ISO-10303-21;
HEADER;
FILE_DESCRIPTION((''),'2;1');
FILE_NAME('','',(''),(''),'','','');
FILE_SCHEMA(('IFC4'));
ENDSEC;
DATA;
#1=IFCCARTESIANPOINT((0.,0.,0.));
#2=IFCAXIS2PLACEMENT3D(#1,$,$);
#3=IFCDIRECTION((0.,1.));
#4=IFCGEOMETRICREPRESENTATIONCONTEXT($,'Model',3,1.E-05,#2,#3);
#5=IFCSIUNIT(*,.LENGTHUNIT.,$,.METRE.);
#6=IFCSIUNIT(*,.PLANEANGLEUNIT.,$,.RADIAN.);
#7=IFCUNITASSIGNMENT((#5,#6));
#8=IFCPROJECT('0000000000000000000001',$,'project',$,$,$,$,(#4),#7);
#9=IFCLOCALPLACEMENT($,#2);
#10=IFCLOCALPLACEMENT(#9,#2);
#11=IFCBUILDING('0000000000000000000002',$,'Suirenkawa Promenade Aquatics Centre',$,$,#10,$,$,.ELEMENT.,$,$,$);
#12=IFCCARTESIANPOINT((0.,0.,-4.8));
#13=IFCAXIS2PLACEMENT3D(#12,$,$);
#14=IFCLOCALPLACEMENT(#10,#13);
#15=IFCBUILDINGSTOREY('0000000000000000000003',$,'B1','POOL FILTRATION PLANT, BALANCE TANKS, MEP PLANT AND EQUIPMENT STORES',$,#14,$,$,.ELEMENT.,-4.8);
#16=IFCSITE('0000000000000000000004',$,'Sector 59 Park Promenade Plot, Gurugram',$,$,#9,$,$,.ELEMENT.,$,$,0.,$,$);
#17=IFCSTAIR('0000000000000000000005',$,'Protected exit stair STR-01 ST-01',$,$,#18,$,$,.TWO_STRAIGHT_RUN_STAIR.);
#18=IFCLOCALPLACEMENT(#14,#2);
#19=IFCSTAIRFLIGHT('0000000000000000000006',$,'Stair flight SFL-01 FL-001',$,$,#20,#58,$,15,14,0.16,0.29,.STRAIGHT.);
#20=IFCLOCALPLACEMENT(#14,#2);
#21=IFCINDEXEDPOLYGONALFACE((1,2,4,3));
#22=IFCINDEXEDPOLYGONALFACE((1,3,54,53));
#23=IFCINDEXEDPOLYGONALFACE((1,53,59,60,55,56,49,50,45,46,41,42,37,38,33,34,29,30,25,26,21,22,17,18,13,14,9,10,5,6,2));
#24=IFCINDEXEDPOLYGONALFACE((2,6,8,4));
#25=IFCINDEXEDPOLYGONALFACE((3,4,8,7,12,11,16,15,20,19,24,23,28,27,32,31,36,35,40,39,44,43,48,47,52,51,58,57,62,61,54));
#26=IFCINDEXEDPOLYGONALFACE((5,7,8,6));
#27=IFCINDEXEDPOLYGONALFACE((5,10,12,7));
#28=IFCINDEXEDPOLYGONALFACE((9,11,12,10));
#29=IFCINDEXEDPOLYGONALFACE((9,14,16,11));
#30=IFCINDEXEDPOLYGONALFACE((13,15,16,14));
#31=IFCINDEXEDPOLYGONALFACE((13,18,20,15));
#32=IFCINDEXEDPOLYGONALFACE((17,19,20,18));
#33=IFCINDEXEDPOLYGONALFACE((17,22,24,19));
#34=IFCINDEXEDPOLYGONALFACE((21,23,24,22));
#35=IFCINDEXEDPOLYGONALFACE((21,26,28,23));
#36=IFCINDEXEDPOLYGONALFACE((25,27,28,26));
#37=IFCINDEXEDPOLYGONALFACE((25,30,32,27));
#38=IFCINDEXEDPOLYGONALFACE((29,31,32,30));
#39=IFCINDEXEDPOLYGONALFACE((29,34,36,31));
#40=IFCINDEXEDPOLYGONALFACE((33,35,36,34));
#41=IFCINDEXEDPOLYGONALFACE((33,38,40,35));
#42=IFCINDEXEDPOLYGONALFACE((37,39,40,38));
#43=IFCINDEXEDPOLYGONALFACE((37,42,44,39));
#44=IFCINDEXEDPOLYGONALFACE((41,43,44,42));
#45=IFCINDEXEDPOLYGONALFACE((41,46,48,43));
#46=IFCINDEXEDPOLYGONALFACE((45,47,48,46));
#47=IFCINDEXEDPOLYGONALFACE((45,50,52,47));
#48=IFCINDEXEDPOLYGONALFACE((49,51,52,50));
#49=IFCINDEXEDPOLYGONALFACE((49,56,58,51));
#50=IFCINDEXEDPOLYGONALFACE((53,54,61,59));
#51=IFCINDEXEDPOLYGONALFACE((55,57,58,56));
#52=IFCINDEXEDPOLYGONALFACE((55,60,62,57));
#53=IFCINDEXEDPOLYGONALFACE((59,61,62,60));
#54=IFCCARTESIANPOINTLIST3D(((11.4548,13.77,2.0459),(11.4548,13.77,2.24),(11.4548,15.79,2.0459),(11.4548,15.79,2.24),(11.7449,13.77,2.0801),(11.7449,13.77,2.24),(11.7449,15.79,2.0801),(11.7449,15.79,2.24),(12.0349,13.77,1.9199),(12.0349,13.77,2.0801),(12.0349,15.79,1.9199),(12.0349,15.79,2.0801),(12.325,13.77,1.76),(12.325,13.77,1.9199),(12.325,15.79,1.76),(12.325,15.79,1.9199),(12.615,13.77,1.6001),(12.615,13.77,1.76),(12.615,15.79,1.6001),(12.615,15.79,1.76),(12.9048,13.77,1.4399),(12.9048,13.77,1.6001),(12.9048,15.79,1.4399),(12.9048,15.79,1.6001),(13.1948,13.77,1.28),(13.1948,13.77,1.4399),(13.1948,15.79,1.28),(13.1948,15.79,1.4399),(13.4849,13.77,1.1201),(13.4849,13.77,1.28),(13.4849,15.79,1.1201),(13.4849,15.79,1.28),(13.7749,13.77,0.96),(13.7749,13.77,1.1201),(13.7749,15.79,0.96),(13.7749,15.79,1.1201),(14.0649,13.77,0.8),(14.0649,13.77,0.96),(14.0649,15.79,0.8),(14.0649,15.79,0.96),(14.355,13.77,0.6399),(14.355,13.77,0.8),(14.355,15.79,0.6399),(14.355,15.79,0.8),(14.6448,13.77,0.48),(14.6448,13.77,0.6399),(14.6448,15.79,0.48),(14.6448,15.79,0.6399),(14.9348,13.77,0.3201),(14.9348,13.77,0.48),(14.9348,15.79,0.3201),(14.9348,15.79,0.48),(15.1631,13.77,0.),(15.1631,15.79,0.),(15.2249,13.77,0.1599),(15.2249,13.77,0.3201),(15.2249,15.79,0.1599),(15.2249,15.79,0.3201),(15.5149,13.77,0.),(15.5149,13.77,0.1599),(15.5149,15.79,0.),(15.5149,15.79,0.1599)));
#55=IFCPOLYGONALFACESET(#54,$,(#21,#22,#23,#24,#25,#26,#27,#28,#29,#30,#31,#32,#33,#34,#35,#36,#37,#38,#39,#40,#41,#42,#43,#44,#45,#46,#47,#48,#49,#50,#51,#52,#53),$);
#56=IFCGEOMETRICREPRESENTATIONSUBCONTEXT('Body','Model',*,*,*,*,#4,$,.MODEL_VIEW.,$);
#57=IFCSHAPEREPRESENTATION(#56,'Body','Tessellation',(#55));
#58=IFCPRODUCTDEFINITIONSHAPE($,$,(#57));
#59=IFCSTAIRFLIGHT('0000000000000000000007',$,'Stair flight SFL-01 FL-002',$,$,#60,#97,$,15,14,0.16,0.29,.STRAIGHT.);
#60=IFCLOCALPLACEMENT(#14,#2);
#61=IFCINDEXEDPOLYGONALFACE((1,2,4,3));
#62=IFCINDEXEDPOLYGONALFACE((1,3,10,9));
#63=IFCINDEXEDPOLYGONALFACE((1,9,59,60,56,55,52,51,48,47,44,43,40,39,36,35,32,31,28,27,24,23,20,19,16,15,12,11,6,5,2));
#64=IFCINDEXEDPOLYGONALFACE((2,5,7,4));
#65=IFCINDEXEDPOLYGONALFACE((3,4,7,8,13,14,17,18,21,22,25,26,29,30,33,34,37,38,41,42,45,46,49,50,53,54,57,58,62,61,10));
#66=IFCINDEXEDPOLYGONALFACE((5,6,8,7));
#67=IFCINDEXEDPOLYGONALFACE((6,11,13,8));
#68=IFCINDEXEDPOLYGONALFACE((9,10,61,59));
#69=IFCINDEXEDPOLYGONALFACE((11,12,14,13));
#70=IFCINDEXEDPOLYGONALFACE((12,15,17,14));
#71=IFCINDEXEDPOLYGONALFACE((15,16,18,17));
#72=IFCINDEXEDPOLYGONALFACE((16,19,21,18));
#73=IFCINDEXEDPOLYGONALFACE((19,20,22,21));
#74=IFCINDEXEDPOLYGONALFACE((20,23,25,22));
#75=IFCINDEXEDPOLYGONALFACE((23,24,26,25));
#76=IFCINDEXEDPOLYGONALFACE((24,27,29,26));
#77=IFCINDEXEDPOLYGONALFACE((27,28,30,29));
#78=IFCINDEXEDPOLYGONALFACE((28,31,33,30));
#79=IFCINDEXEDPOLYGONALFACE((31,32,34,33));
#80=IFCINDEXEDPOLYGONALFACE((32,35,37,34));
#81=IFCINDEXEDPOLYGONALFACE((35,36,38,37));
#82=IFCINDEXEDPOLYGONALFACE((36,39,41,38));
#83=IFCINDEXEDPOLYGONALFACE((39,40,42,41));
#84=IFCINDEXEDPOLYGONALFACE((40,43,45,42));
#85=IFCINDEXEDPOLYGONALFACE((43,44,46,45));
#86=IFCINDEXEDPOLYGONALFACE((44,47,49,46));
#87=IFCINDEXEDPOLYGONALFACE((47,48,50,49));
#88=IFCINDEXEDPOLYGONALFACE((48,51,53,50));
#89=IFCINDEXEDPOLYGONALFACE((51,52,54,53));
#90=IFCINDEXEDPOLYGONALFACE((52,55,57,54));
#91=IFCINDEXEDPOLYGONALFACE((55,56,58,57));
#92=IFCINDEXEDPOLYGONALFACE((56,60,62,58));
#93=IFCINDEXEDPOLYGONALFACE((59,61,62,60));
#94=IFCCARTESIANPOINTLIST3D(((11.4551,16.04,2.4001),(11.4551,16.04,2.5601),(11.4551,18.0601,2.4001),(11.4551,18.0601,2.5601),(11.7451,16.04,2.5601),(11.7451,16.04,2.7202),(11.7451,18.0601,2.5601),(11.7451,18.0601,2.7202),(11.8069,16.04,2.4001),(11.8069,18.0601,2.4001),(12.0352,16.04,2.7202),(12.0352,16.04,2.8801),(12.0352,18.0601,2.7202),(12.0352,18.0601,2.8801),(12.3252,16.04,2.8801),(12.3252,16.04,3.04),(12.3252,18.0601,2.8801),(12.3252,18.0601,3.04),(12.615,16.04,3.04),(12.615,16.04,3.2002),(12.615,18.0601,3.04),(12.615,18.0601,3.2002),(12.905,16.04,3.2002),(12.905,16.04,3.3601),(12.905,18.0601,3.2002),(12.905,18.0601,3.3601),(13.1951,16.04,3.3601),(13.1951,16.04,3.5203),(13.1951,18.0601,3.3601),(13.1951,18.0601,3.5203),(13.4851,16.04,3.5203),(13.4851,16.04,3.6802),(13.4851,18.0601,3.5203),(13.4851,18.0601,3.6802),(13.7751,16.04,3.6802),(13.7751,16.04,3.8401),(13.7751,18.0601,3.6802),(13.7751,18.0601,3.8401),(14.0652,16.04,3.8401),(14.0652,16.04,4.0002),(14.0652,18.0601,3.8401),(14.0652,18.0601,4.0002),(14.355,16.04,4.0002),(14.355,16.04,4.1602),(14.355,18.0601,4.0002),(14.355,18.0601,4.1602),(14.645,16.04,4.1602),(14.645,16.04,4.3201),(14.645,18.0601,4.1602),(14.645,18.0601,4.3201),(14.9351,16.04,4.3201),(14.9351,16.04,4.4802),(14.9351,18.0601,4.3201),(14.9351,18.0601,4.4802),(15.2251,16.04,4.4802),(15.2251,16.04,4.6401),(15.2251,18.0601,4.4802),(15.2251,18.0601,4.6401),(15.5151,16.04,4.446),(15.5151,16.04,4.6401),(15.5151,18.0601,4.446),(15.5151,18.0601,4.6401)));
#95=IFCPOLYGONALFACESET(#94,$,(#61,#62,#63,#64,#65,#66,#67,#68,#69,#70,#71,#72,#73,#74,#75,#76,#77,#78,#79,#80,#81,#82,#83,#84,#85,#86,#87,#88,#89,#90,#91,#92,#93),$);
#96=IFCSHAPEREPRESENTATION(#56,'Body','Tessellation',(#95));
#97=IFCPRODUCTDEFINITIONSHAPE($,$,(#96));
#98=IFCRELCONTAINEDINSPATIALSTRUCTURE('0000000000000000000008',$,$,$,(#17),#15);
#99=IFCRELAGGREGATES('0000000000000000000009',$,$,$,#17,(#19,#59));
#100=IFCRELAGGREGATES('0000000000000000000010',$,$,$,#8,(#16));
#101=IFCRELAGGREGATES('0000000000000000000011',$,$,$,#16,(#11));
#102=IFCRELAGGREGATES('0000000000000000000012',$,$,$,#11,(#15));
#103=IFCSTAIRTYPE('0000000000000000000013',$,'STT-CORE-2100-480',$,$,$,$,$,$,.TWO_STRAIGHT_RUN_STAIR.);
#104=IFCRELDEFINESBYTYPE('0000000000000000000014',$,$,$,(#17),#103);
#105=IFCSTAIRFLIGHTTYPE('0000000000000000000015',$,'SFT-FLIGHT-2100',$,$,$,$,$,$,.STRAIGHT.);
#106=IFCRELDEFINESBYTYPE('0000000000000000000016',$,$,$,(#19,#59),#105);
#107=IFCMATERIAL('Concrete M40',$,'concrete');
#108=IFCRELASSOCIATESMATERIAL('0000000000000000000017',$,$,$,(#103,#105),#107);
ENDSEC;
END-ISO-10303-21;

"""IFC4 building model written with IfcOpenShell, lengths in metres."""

from ifc_helpers import new_model, si_unit, direction, frame, origin, place, context, subcontext, project, spatial, polyline, outline, extrude, material, type_object, element, aggregate, save


model = new_model("IFC4")

# Units and contexts
model_context = context("Model", 3, precision=1e-05, world=origin(), true_north=direction((0.0, 1.0)))
body_context = subcontext(model_context, "Body", "Model", "MODEL_VIEW")
ifc_project = project(units=[si_unit("LENGTHUNIT", "METRE"), si_unit("PLANEANGLEUNIT", "RADIAN")], contexts=[model_context])

# Site, building, storey
site_placement = place(None, origin())
site = spatial("IfcSite", under=ifc_project, at=site_placement, Name="Sector 59 Park Promenade Plot, Gurugram", CompositionType="ELEMENT", RefElevation=0.0)
building_placement = place(site_placement, origin())
building = spatial("IfcBuilding", under=site, at=building_placement, Name="Suirenkawa Promenade Aquatics Centre", CompositionType="ELEMENT")
storey_placement = place(building_placement, frame((0.0, 0.0, -4.8)))
storey = spatial("IfcBuildingStorey", under=building, at=storey_placement, Name="B1", Description="POOL FILTRATION PLANT, BALANCE TANKS, MEP PLANT AND EQUIPMENT STORES", CompositionType="ELEMENT", Elevation=-4.8)

# Shared definitions
ifc_material_1 = material(Name="Concrete M40", Category="concrete")

# Stair, stair flights
stair_type = type_object("IfcStairType", Name="STT-CORE-2100-480", PredefinedType="TWO_STRAIGHT_RUN_STAIR", material=ifc_material_1)
stair_placement = place(storey_placement, origin())
stair = element("IfcStair", 1, at=stair_placement, inside=storey, type_object=stair_type, Name="Protected exit stair STR-01 ST-01", PredefinedType="TWO_STRAIGHT_RUN_STAIR")
stair_flight_type = type_object("IfcStairFlightType", Name="SFT-FLIGHT-2100", PredefinedType="STRAIGHT", material=ifc_material_1)
stair_flight_1_placement = place(storey_placement, frame((15.5149, 14.78, 0.0), z_axis=(0.0, 0.0, 1.0), x_axis=(-1.0, 0.0, 0.0)))
stair_flight_1 = element("IfcStairFlight", 2, at=stair_flight_1_placement, type_object=stair_flight_type, Name="Stair flight SFL-01 FL-001", NumberOfRisers=15, NumberOfTreads=14, PredefinedType="STRAIGHT", RiserHeight=0.16, TreadLength=0.29, context=body_context, shape_type="SweptSolid", body=[
    extrude(outline(polyline([(0.0, 0.0), (0.0, 0.1599), (0.29, 0.1599), (0.29, 0.3201), (0.5801, 0.3201), (0.5801, 0.48), (0.8701, 0.48), (0.8701, 0.6399), (1.1599, 0.6399), (1.1599, 0.8), (1.45, 0.8), (1.45, 0.96), (1.74, 0.96), (1.74, 1.1201), (2.03, 1.1201), (2.03, 1.28), (2.3201, 1.28), (2.3201, 1.4399), (2.6101, 1.4399), (2.6101, 1.6001), (2.8999, 1.6001), (2.8999, 1.76), (3.1899, 1.76), (3.1899, 1.9199), (3.48, 1.9199), (3.48, 2.0801), (3.77, 2.0801), (3.77, 2.24), (4.0601, 2.24), (4.0601, 2.3999), (4.0601, 2.0459), (0.3518, 0.0), (0.0, 0.0)])), frame((0.0, 1.01, 0.0), z_axis=(0.0, -1.0, 0.0), x_axis=(1.0, 0.0, 0.0)), (0.0, 0.0, 1.0), 2.02),
])
stair_flight_2_placement = place(storey_placement, frame((11.4551, 17.05, 2.4001), z_axis=(0.0, 0.0, 1.0), x_axis=(1.0, 0.0, 0.0)))
stair_flight_2 = element("IfcStairFlight", 3, at=stair_flight_2_placement, type_object=stair_flight_type, Name="Stair flight SFL-01 FL-002", NumberOfRisers=15, NumberOfTreads=14, PredefinedType="STRAIGHT", RiserHeight=0.16, TreadLength=0.29, context=body_context, shape_type="SweptSolid", body=[
    extrude(outline(polyline([(0.0, 0.0), (0.0, 0.1599), (0.29, 0.1599), (0.29, 0.3201), (0.5801, 0.3201), (0.5801, 0.48), (0.8701, 0.48), (0.8701, 0.6399), (1.1599, 0.6399), (1.1599, 0.8), (1.45, 0.8), (1.45, 0.96), (1.74, 0.96), (1.74, 1.1201), (2.03, 1.1201), (2.03, 1.28), (2.3201, 1.28), (2.3201, 1.4399), (2.6101, 1.4399), (2.6101, 1.6001), (2.8999, 1.6001), (2.8999, 1.76), (3.1899, 1.76), (3.1899, 1.9199), (3.48, 1.9199), (3.48, 2.0801), (3.77, 2.0801), (3.77, 2.24), (4.0601, 2.24), (4.0601, 2.3999), (4.0601, 2.0459), (0.3518, 0.0), (0.0, 0.0)])), frame((0.0, 1.01, 0.0), z_axis=(0.0, -1.0, 0.0), x_axis=(1.0, 0.0, 0.0)), (0.0, 0.0, 1.0), 2.02),
])
aggregate(stair, [stair_flight_1, stair_flight_2])

save(model, "model.ifc")
